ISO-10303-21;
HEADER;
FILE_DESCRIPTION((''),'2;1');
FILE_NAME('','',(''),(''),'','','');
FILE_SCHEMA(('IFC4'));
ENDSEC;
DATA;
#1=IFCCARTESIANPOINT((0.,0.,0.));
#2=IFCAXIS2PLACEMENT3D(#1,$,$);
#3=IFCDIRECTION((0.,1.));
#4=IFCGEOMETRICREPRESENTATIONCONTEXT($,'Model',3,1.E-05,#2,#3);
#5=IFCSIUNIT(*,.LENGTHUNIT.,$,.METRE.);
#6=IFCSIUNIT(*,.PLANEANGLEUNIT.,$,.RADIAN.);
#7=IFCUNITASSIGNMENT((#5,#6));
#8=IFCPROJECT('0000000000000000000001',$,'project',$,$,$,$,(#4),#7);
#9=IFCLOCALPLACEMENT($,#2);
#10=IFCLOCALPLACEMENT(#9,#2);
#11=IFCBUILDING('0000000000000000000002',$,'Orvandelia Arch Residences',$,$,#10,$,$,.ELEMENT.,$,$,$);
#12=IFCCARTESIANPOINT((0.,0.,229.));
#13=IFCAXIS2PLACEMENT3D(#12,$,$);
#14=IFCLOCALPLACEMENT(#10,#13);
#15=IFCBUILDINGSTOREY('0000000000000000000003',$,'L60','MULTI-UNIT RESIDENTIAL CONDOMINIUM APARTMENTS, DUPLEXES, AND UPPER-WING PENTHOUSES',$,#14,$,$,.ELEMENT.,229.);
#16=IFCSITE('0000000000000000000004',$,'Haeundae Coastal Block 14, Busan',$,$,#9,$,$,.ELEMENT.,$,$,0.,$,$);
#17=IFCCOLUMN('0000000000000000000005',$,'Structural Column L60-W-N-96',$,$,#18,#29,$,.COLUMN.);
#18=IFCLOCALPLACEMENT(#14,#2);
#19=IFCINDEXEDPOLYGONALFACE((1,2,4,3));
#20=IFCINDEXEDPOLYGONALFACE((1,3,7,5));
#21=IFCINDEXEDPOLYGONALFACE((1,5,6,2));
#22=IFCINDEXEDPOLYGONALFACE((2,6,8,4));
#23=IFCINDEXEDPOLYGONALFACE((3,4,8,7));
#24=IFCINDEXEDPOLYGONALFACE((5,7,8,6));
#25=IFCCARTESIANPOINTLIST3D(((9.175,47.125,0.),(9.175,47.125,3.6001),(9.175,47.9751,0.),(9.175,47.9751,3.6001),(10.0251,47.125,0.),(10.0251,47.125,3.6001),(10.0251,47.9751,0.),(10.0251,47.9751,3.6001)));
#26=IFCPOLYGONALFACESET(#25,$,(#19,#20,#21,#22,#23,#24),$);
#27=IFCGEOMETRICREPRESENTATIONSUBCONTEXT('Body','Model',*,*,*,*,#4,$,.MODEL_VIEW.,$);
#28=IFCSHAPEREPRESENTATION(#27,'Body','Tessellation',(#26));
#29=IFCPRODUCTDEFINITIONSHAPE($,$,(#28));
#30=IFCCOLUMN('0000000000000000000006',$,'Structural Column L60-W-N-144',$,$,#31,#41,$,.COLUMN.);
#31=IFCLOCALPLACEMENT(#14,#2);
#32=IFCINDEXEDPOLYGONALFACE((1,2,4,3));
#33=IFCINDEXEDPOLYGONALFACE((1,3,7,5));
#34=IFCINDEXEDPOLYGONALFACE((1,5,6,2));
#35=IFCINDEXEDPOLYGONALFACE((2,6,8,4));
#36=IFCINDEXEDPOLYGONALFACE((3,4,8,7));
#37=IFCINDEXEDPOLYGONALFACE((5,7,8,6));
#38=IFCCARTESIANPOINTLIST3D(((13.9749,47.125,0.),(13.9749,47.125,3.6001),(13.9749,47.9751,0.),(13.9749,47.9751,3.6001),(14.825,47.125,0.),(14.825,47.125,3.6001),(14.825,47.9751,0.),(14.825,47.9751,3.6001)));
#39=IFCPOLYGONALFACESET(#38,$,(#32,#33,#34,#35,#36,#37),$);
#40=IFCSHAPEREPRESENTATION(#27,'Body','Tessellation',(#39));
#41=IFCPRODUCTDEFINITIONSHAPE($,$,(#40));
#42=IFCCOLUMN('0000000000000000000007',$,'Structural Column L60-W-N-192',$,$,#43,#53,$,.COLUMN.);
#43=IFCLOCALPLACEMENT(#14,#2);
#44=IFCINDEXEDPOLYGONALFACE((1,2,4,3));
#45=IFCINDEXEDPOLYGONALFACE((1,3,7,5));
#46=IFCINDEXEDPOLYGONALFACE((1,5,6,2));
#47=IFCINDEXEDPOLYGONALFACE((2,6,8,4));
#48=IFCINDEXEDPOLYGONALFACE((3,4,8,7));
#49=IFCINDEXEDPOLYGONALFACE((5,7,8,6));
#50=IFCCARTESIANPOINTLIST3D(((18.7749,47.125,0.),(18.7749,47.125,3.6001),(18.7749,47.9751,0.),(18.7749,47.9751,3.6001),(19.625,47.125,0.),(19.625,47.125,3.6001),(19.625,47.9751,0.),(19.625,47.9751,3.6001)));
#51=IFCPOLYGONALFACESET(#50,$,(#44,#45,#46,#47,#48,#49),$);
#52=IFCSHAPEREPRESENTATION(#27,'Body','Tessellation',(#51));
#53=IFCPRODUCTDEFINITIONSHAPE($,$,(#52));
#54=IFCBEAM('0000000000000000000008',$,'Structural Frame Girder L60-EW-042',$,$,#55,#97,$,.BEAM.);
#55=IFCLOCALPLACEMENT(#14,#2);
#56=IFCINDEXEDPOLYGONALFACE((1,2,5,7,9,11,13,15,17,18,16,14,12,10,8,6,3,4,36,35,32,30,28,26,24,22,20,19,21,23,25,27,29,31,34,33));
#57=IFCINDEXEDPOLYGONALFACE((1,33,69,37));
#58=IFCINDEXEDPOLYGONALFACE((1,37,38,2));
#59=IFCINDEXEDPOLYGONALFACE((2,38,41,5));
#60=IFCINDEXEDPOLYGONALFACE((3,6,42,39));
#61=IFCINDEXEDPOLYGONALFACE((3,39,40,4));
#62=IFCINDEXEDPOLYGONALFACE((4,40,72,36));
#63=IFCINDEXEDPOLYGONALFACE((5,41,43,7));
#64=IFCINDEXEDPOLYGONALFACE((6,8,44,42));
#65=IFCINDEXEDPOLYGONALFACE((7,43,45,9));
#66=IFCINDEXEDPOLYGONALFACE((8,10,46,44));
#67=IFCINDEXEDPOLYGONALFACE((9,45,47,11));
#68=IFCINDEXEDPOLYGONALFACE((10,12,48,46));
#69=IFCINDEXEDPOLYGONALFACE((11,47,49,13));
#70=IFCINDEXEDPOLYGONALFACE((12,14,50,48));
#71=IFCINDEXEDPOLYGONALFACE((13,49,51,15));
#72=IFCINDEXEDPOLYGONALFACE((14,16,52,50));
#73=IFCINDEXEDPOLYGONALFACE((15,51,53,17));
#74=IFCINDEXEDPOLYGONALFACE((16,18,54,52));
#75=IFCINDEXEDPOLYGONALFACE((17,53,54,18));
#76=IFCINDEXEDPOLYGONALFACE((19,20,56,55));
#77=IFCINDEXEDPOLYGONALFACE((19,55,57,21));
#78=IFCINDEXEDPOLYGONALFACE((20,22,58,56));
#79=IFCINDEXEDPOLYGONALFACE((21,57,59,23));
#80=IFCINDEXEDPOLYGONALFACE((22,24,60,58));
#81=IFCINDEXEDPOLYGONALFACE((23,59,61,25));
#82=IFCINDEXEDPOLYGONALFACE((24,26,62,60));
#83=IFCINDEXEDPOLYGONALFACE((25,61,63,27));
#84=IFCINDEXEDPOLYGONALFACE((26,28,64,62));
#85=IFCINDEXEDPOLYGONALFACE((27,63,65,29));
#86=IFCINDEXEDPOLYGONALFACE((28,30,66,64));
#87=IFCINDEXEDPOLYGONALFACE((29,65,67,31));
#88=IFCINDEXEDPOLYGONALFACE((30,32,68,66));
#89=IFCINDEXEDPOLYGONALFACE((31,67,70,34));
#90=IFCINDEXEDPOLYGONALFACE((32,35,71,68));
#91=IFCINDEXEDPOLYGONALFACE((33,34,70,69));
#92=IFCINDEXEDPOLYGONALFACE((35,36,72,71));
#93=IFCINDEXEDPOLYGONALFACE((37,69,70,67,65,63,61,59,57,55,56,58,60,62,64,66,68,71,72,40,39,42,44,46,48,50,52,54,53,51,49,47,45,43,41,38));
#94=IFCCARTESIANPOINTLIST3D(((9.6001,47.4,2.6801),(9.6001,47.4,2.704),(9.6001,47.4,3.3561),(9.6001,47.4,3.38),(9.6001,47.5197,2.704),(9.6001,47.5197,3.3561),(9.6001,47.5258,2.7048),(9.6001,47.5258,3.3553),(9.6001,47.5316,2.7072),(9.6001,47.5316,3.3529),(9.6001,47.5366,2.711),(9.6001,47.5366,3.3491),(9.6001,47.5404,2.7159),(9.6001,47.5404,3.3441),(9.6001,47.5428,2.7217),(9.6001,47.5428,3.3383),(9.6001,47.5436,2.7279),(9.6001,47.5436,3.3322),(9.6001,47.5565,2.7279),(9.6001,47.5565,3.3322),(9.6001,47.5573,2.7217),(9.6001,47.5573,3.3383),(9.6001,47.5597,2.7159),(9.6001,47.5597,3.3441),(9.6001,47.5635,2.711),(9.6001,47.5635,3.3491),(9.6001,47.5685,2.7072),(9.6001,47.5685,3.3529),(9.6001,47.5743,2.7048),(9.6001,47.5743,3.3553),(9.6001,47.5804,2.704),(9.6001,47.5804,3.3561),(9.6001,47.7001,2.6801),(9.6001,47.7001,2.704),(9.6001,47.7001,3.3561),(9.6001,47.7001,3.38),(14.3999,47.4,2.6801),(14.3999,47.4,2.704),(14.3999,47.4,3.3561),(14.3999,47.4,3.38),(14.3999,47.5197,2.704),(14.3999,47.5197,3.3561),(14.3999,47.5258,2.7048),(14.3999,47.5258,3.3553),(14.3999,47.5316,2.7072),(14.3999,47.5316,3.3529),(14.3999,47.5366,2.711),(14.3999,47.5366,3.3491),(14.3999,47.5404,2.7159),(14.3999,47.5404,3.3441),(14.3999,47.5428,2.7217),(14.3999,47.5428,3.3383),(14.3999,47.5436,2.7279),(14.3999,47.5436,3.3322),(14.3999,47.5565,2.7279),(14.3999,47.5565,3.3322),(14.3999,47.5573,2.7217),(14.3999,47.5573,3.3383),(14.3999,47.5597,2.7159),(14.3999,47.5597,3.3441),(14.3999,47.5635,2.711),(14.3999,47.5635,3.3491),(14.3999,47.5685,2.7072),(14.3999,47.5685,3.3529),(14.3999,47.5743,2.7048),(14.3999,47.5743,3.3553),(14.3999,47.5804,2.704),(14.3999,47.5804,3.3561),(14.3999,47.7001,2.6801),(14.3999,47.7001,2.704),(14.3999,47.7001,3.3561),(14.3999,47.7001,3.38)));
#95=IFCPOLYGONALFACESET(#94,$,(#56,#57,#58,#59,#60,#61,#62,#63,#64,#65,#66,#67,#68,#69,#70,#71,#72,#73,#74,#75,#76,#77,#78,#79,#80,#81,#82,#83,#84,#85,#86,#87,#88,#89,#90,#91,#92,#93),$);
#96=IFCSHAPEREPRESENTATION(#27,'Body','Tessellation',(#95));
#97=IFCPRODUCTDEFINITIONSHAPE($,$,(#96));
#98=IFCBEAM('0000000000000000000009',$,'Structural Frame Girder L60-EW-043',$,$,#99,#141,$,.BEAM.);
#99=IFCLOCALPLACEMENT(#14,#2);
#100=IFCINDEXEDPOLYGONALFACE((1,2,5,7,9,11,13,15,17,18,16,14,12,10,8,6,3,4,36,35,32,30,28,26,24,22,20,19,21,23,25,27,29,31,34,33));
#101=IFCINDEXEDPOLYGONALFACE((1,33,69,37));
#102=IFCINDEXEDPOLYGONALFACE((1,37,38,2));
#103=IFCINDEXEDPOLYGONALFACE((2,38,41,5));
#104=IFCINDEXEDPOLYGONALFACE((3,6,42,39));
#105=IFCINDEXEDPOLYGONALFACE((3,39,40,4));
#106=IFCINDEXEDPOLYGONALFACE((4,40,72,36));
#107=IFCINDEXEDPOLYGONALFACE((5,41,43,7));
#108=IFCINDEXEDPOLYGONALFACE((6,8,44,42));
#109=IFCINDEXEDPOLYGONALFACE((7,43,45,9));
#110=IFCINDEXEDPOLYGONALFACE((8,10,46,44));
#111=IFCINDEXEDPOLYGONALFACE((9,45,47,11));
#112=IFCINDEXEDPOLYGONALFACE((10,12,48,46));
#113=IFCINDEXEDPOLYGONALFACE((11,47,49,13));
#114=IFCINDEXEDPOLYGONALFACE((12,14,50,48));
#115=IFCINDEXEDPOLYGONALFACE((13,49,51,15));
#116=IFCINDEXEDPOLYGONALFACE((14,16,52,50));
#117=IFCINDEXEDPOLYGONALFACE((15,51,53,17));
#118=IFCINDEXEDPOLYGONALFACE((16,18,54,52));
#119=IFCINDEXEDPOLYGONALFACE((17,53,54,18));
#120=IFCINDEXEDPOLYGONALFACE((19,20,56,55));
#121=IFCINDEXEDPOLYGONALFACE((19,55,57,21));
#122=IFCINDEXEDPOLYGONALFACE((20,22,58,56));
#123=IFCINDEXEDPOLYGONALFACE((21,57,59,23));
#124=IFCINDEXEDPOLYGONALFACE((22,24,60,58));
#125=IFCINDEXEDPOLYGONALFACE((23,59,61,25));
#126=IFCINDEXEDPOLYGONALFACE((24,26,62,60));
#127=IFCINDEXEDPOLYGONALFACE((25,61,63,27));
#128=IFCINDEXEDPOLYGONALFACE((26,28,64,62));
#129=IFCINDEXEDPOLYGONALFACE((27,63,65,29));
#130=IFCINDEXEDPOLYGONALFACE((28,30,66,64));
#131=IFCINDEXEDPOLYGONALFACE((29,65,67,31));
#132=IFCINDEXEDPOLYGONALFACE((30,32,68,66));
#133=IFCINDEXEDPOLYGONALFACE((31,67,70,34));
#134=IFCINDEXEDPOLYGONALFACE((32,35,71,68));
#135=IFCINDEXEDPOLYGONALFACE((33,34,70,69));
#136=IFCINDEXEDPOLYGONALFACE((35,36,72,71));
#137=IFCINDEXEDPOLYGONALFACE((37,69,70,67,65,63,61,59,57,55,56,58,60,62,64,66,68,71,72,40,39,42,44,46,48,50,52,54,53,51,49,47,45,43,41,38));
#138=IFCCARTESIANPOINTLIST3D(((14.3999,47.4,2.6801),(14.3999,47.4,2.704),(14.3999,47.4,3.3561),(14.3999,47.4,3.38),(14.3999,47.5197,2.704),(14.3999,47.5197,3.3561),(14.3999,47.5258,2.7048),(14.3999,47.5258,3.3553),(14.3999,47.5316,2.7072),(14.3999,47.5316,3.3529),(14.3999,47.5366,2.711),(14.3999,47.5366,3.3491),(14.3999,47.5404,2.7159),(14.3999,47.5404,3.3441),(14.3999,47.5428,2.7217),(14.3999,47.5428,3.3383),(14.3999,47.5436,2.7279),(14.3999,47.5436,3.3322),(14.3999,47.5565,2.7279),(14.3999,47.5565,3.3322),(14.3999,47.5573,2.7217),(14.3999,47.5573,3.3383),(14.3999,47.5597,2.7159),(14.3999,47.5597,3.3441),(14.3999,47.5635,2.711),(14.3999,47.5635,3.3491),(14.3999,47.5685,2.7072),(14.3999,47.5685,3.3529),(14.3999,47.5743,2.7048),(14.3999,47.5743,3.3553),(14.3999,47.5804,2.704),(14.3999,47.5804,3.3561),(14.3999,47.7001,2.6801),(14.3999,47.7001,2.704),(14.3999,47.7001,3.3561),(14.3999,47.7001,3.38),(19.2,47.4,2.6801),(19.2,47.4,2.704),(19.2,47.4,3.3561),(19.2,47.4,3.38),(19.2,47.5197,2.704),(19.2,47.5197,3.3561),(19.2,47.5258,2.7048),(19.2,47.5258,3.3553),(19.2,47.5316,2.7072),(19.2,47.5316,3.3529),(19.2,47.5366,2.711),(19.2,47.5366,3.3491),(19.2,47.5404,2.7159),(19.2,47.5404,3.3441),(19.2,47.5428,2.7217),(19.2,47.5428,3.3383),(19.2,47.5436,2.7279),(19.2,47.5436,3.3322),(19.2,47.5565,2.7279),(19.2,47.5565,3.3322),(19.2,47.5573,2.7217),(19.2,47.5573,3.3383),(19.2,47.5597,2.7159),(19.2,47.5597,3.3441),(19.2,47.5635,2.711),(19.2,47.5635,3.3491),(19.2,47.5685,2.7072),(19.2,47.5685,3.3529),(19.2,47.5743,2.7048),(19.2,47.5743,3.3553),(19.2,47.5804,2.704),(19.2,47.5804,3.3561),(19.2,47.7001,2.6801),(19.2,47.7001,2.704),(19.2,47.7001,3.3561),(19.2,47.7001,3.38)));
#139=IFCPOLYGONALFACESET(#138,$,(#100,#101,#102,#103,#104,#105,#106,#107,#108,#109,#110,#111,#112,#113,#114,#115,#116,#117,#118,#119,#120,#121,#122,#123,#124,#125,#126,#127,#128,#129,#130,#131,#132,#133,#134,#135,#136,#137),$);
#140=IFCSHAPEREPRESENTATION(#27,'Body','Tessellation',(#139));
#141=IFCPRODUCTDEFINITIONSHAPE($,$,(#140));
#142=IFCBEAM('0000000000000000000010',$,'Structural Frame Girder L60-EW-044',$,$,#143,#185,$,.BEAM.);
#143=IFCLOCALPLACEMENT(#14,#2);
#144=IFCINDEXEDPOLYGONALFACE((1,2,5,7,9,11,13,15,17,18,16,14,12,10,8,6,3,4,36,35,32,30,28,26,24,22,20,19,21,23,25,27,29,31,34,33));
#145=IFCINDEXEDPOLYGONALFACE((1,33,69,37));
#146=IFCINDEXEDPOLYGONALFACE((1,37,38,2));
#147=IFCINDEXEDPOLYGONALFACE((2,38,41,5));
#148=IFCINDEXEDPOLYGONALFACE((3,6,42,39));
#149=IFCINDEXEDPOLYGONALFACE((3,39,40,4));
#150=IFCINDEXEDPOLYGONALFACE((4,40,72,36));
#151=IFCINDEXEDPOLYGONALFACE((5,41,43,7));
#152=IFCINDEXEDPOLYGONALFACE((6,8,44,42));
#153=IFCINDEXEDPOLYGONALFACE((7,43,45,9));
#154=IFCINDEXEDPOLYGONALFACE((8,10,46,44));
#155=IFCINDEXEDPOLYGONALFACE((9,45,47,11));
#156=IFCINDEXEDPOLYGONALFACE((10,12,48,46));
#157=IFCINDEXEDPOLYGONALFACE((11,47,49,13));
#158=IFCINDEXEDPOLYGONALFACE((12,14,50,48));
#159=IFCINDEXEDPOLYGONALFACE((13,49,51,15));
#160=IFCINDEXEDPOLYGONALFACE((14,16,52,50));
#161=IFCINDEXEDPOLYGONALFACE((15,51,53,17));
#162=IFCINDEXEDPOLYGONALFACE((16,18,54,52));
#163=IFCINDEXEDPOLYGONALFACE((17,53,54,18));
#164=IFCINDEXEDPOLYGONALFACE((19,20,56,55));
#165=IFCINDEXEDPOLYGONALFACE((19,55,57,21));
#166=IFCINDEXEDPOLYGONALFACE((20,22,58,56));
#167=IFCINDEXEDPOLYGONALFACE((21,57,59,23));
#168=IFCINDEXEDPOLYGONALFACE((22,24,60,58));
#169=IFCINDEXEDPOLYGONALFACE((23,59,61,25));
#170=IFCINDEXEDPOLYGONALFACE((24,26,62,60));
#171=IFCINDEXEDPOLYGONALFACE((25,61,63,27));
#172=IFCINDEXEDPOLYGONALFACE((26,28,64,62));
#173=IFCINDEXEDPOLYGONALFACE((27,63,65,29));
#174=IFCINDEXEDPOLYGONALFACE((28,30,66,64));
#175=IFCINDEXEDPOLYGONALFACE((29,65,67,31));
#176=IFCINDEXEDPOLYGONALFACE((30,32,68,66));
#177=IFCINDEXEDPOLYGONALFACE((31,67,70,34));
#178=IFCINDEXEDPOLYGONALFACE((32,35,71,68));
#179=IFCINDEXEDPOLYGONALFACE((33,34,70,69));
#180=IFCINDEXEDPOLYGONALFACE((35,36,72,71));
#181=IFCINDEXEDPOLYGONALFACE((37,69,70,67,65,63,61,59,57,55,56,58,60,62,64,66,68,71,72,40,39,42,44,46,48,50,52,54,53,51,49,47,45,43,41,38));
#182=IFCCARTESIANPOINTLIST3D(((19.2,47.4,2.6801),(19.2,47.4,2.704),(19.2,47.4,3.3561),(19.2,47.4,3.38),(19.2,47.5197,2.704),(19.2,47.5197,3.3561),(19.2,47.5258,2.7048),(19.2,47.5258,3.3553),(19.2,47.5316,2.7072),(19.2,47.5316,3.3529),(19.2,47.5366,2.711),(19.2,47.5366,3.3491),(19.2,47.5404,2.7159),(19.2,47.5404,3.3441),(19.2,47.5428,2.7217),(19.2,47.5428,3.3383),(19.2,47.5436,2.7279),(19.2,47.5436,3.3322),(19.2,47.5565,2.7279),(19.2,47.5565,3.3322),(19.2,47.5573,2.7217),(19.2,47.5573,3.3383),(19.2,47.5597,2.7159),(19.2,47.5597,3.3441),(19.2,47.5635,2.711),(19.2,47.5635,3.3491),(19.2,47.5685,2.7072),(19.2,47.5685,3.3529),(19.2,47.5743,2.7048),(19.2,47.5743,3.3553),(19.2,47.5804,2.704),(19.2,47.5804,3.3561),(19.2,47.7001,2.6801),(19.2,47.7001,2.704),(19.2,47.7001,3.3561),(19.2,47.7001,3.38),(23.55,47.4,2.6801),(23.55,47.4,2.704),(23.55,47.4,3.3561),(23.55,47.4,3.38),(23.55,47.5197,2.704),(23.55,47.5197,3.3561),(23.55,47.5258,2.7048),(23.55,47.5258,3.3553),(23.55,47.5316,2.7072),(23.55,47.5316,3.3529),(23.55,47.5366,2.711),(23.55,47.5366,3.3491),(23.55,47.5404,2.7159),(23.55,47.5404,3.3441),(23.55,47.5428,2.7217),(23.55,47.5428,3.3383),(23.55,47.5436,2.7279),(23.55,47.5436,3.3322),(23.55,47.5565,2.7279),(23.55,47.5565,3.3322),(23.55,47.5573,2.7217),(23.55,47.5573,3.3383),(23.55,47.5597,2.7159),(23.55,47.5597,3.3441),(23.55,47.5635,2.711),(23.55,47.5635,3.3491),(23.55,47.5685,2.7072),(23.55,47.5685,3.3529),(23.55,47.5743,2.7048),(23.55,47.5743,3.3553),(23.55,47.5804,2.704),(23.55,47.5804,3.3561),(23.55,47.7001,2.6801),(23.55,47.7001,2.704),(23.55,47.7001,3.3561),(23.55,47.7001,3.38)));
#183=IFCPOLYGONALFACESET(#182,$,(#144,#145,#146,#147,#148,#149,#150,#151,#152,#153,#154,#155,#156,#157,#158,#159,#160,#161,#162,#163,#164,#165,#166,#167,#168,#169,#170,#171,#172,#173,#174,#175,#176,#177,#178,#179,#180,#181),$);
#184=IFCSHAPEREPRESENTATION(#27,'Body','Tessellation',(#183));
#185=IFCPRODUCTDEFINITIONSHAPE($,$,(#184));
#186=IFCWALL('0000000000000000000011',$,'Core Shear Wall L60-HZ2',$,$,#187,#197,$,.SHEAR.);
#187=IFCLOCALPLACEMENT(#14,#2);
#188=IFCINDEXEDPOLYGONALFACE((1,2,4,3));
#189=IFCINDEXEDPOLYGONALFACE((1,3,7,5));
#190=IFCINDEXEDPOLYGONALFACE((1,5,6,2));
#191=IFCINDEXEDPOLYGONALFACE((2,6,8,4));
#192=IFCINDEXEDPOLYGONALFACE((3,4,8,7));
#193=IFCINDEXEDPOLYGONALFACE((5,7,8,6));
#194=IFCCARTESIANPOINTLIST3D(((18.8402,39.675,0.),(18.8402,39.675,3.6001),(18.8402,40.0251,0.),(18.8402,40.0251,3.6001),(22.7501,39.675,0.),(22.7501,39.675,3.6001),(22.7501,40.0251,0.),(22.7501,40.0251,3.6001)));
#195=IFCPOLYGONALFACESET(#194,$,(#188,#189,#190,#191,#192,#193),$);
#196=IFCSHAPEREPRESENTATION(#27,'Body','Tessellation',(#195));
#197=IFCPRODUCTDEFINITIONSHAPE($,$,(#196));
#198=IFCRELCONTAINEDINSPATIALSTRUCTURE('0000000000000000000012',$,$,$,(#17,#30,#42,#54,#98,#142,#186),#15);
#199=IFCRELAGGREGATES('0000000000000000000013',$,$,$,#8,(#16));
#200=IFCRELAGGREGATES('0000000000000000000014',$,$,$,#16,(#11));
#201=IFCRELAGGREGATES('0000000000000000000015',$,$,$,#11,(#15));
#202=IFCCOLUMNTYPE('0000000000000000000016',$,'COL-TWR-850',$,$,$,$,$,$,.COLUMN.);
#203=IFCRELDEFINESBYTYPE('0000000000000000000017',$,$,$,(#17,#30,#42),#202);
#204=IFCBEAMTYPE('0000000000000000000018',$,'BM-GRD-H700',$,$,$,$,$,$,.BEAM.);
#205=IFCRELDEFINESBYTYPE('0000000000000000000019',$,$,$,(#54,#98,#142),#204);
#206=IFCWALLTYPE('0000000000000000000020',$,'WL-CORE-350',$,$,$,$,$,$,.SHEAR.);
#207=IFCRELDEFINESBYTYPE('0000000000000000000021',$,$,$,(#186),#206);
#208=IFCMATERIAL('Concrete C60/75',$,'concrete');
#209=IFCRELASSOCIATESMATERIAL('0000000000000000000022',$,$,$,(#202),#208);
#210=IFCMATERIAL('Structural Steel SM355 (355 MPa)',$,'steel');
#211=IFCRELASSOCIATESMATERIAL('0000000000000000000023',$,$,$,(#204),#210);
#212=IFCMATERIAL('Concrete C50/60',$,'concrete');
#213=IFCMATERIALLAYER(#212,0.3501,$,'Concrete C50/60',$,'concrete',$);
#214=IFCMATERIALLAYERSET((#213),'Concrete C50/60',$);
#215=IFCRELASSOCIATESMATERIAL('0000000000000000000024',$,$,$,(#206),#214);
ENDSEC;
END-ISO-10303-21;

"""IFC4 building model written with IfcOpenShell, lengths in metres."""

from ifc_helpers import new_model, si_unit, direction, frame, frame_2d, origin, origin_2d, place, context, subcontext, project, spatial, rectangle, i_section, extrude, material, layer, layer_set, material_profile, profile_set, type_object, element, save


model = new_model("IFC4")

# Units and contexts
model_context = context("Model", 3, precision=1e-05, world=origin(), true_north=direction((0.0, 1.0)))
body_context = subcontext(model_context, "Body", "Model", "MODEL_VIEW")
ifc_project = project(units=[si_unit("LENGTHUNIT", "METRE"), si_unit("PLANEANGLEUNIT", "RADIAN")], contexts=[model_context])

# Site, building, storey
site_placement = place(None, origin())
site = spatial("IfcSite", under=ifc_project, at=site_placement, Name="Haeundae Coastal Block 14, Busan", CompositionType="ELEMENT", RefElevation=0.0)
building_placement = place(site_placement, origin())
building = spatial("IfcBuilding", under=site, at=building_placement, Name="Orvandelia Arch Residences", CompositionType="ELEMENT")
storey_placement = place(building_placement, frame((0.0, 0.0, 229.0)))
storey = spatial("IfcBuildingStorey", under=building, at=storey_placement, Name="L60", Description="MULTI-UNIT RESIDENTIAL CONDOMINIUM APARTMENTS, DUPLEXES, AND UPPER-WING PENTHOUSES", CompositionType="ELEMENT", Elevation=229.0)

# Columns
ifc_material_1 = material(Name="Concrete C60/75", Category="concrete")
ifc_material_profile_1 = material_profile(ifc_material_1, rectangle(XDim=0.8501, YDim=0.8501, at=origin_2d()), Name="Concrete C60/75", Category="concrete")
ifc_profile_set_1 = profile_set([ifc_material_profile_1], Name="Concrete C60/75")
column_type = type_object("IfcColumnType", Name="COL-TWR-850", PredefinedType="COLUMN", material=ifc_profile_set_1)
for number, where, z_axis, x_axis, name in (
    (1, (9.6001, 47.55, 0.0), (0.0, 0.0, 1.0), (1.0, 0.0, 0.0), "Structural Column L60-W-N-96"),
    (2, (14.3999, 47.55, 0.0), (0.0, 0.0, 1.0), (1.0, 0.0, 0.0), "Structural Column L60-W-N-144"),
    (3, (19.2, 47.55, 0.0), (0.0, 0.0, 1.0), (1.0, 0.0, 0.0), "Structural Column L60-W-N-192"),
):
    element("IfcColumn", number, at=place(storey_placement, frame(where, z_axis=z_axis, x_axis=x_axis)), inside=storey, type_object=column_type, Name=name, PredefinedType="COLUMN", context=body_context, shape_type="SweptSolid", body=[
        extrude(rectangle(XDim=0.8501, YDim=0.8501, at=origin_2d()), origin(), (0.0, 0.0, 1.0), 3.6001),
    ])

# Beams
ifc_material_2 = material(Name="Structural Steel SM355 (355 MPa)", Category="steel")
ifc_material_profile_2 = material_profile(ifc_material_2, i_section(OverallWidth=0.3, OverallDepth=0.7, WebThickness=0.0129, FlangeThickness=0.0239, FilletRadius=0.0239, at=origin_2d()), Name="Structural Steel SM355 (355 MPa)", Category="steel")
ifc_profile_set_2 = profile_set([ifc_material_profile_2], Name="Structural Steel SM355 (355 MPa)")
beam_type = type_object("IfcBeamType", Name="BM-GRD-H700", PredefinedType="BEAM", material=ifc_profile_set_2)
beam_1_placement = place(storey_placement, frame((9.6001, 47.55, 3.03), z_axis=(1.0, 0.0, 0.0), x_axis=(0.0, 1.0, 0.0)))
element("IfcBeam", 4, at=beam_1_placement, inside=storey, type_object=beam_type, Name="Structural Frame Girder L60-EW-042", PredefinedType="BEAM", context=body_context, shape_type="SweptSolid", body=[
    extrude(i_section(OverallWidth=0.3, OverallDepth=0.7, WebThickness=0.0129, FlangeThickness=0.0239, FilletRadius=0.0239, at=origin_2d()), origin(), (0.0, 0.0, 1.0), 4.7998),
])
beam_2_placement = place(storey_placement, frame((14.3999, 47.55, 3.03), z_axis=(1.0, 0.0, 0.0), x_axis=(0.0, 1.0, 0.0)))
element("IfcBeam", 5, at=beam_2_placement, inside=storey, type_object=beam_type, Name="Structural Frame Girder L60-EW-043", PredefinedType="BEAM", context=body_context, shape_type="SweptSolid", body=[
    extrude(i_section(OverallWidth=0.3, OverallDepth=0.7, WebThickness=0.0129, FlangeThickness=0.0239, FilletRadius=0.0239, at=origin_2d()), origin(), (0.0, 0.0, 1.0), 4.8),
])
beam_3_placement = place(storey_placement, frame((19.2, 47.55, 3.03), z_axis=(1.0, 0.0, 0.0), x_axis=(0.0, 1.0, 0.0)))
element("IfcBeam", 6, at=beam_3_placement, inside=storey, type_object=beam_type, Name="Structural Frame Girder L60-EW-044", PredefinedType="BEAM", context=body_context, shape_type="SweptSolid", body=[
    extrude(i_section(OverallWidth=0.3, OverallDepth=0.7, WebThickness=0.0129, FlangeThickness=0.0239, FilletRadius=0.0239, at=origin_2d()), origin(), (0.0, 0.0, 1.0), 4.3501),
])

# Wall
ifc_material_3 = material(Name="Concrete C50/60", Category="concrete")
ifc_layer_1 = layer(ifc_material_3, 0.3501, Name="Concrete C50/60", Category="concrete")
ifc_layer_set_1 = layer_set([ifc_layer_1], Name="Concrete C50/60")
wall_type_1 = type_object("IfcWallType", Name="WL-CORE-350", PredefinedType="SHEAR", material=ifc_layer_set_1)
wall_1_placement = place(storey_placement, frame((18.8401, 39.8501, 0.0), z_axis=(0.0, 0.0, 1.0), x_axis=(1.0, 0.0, 0.0)))
element("IfcWall", 7, at=wall_1_placement, inside=storey, type_object=wall_type_1, Name="Core Shear Wall L60-HZ2", PredefinedType="SHEAR", context=body_context, shape_type="SweptSolid", body=[
    extrude(rectangle(XDim=3.9099, YDim=0.3501, at=frame_2d((1.9551, 0.0))), origin(), (0.0, 0.0, 1.0), 3.6001),
])

save(model, "model.ifc")
